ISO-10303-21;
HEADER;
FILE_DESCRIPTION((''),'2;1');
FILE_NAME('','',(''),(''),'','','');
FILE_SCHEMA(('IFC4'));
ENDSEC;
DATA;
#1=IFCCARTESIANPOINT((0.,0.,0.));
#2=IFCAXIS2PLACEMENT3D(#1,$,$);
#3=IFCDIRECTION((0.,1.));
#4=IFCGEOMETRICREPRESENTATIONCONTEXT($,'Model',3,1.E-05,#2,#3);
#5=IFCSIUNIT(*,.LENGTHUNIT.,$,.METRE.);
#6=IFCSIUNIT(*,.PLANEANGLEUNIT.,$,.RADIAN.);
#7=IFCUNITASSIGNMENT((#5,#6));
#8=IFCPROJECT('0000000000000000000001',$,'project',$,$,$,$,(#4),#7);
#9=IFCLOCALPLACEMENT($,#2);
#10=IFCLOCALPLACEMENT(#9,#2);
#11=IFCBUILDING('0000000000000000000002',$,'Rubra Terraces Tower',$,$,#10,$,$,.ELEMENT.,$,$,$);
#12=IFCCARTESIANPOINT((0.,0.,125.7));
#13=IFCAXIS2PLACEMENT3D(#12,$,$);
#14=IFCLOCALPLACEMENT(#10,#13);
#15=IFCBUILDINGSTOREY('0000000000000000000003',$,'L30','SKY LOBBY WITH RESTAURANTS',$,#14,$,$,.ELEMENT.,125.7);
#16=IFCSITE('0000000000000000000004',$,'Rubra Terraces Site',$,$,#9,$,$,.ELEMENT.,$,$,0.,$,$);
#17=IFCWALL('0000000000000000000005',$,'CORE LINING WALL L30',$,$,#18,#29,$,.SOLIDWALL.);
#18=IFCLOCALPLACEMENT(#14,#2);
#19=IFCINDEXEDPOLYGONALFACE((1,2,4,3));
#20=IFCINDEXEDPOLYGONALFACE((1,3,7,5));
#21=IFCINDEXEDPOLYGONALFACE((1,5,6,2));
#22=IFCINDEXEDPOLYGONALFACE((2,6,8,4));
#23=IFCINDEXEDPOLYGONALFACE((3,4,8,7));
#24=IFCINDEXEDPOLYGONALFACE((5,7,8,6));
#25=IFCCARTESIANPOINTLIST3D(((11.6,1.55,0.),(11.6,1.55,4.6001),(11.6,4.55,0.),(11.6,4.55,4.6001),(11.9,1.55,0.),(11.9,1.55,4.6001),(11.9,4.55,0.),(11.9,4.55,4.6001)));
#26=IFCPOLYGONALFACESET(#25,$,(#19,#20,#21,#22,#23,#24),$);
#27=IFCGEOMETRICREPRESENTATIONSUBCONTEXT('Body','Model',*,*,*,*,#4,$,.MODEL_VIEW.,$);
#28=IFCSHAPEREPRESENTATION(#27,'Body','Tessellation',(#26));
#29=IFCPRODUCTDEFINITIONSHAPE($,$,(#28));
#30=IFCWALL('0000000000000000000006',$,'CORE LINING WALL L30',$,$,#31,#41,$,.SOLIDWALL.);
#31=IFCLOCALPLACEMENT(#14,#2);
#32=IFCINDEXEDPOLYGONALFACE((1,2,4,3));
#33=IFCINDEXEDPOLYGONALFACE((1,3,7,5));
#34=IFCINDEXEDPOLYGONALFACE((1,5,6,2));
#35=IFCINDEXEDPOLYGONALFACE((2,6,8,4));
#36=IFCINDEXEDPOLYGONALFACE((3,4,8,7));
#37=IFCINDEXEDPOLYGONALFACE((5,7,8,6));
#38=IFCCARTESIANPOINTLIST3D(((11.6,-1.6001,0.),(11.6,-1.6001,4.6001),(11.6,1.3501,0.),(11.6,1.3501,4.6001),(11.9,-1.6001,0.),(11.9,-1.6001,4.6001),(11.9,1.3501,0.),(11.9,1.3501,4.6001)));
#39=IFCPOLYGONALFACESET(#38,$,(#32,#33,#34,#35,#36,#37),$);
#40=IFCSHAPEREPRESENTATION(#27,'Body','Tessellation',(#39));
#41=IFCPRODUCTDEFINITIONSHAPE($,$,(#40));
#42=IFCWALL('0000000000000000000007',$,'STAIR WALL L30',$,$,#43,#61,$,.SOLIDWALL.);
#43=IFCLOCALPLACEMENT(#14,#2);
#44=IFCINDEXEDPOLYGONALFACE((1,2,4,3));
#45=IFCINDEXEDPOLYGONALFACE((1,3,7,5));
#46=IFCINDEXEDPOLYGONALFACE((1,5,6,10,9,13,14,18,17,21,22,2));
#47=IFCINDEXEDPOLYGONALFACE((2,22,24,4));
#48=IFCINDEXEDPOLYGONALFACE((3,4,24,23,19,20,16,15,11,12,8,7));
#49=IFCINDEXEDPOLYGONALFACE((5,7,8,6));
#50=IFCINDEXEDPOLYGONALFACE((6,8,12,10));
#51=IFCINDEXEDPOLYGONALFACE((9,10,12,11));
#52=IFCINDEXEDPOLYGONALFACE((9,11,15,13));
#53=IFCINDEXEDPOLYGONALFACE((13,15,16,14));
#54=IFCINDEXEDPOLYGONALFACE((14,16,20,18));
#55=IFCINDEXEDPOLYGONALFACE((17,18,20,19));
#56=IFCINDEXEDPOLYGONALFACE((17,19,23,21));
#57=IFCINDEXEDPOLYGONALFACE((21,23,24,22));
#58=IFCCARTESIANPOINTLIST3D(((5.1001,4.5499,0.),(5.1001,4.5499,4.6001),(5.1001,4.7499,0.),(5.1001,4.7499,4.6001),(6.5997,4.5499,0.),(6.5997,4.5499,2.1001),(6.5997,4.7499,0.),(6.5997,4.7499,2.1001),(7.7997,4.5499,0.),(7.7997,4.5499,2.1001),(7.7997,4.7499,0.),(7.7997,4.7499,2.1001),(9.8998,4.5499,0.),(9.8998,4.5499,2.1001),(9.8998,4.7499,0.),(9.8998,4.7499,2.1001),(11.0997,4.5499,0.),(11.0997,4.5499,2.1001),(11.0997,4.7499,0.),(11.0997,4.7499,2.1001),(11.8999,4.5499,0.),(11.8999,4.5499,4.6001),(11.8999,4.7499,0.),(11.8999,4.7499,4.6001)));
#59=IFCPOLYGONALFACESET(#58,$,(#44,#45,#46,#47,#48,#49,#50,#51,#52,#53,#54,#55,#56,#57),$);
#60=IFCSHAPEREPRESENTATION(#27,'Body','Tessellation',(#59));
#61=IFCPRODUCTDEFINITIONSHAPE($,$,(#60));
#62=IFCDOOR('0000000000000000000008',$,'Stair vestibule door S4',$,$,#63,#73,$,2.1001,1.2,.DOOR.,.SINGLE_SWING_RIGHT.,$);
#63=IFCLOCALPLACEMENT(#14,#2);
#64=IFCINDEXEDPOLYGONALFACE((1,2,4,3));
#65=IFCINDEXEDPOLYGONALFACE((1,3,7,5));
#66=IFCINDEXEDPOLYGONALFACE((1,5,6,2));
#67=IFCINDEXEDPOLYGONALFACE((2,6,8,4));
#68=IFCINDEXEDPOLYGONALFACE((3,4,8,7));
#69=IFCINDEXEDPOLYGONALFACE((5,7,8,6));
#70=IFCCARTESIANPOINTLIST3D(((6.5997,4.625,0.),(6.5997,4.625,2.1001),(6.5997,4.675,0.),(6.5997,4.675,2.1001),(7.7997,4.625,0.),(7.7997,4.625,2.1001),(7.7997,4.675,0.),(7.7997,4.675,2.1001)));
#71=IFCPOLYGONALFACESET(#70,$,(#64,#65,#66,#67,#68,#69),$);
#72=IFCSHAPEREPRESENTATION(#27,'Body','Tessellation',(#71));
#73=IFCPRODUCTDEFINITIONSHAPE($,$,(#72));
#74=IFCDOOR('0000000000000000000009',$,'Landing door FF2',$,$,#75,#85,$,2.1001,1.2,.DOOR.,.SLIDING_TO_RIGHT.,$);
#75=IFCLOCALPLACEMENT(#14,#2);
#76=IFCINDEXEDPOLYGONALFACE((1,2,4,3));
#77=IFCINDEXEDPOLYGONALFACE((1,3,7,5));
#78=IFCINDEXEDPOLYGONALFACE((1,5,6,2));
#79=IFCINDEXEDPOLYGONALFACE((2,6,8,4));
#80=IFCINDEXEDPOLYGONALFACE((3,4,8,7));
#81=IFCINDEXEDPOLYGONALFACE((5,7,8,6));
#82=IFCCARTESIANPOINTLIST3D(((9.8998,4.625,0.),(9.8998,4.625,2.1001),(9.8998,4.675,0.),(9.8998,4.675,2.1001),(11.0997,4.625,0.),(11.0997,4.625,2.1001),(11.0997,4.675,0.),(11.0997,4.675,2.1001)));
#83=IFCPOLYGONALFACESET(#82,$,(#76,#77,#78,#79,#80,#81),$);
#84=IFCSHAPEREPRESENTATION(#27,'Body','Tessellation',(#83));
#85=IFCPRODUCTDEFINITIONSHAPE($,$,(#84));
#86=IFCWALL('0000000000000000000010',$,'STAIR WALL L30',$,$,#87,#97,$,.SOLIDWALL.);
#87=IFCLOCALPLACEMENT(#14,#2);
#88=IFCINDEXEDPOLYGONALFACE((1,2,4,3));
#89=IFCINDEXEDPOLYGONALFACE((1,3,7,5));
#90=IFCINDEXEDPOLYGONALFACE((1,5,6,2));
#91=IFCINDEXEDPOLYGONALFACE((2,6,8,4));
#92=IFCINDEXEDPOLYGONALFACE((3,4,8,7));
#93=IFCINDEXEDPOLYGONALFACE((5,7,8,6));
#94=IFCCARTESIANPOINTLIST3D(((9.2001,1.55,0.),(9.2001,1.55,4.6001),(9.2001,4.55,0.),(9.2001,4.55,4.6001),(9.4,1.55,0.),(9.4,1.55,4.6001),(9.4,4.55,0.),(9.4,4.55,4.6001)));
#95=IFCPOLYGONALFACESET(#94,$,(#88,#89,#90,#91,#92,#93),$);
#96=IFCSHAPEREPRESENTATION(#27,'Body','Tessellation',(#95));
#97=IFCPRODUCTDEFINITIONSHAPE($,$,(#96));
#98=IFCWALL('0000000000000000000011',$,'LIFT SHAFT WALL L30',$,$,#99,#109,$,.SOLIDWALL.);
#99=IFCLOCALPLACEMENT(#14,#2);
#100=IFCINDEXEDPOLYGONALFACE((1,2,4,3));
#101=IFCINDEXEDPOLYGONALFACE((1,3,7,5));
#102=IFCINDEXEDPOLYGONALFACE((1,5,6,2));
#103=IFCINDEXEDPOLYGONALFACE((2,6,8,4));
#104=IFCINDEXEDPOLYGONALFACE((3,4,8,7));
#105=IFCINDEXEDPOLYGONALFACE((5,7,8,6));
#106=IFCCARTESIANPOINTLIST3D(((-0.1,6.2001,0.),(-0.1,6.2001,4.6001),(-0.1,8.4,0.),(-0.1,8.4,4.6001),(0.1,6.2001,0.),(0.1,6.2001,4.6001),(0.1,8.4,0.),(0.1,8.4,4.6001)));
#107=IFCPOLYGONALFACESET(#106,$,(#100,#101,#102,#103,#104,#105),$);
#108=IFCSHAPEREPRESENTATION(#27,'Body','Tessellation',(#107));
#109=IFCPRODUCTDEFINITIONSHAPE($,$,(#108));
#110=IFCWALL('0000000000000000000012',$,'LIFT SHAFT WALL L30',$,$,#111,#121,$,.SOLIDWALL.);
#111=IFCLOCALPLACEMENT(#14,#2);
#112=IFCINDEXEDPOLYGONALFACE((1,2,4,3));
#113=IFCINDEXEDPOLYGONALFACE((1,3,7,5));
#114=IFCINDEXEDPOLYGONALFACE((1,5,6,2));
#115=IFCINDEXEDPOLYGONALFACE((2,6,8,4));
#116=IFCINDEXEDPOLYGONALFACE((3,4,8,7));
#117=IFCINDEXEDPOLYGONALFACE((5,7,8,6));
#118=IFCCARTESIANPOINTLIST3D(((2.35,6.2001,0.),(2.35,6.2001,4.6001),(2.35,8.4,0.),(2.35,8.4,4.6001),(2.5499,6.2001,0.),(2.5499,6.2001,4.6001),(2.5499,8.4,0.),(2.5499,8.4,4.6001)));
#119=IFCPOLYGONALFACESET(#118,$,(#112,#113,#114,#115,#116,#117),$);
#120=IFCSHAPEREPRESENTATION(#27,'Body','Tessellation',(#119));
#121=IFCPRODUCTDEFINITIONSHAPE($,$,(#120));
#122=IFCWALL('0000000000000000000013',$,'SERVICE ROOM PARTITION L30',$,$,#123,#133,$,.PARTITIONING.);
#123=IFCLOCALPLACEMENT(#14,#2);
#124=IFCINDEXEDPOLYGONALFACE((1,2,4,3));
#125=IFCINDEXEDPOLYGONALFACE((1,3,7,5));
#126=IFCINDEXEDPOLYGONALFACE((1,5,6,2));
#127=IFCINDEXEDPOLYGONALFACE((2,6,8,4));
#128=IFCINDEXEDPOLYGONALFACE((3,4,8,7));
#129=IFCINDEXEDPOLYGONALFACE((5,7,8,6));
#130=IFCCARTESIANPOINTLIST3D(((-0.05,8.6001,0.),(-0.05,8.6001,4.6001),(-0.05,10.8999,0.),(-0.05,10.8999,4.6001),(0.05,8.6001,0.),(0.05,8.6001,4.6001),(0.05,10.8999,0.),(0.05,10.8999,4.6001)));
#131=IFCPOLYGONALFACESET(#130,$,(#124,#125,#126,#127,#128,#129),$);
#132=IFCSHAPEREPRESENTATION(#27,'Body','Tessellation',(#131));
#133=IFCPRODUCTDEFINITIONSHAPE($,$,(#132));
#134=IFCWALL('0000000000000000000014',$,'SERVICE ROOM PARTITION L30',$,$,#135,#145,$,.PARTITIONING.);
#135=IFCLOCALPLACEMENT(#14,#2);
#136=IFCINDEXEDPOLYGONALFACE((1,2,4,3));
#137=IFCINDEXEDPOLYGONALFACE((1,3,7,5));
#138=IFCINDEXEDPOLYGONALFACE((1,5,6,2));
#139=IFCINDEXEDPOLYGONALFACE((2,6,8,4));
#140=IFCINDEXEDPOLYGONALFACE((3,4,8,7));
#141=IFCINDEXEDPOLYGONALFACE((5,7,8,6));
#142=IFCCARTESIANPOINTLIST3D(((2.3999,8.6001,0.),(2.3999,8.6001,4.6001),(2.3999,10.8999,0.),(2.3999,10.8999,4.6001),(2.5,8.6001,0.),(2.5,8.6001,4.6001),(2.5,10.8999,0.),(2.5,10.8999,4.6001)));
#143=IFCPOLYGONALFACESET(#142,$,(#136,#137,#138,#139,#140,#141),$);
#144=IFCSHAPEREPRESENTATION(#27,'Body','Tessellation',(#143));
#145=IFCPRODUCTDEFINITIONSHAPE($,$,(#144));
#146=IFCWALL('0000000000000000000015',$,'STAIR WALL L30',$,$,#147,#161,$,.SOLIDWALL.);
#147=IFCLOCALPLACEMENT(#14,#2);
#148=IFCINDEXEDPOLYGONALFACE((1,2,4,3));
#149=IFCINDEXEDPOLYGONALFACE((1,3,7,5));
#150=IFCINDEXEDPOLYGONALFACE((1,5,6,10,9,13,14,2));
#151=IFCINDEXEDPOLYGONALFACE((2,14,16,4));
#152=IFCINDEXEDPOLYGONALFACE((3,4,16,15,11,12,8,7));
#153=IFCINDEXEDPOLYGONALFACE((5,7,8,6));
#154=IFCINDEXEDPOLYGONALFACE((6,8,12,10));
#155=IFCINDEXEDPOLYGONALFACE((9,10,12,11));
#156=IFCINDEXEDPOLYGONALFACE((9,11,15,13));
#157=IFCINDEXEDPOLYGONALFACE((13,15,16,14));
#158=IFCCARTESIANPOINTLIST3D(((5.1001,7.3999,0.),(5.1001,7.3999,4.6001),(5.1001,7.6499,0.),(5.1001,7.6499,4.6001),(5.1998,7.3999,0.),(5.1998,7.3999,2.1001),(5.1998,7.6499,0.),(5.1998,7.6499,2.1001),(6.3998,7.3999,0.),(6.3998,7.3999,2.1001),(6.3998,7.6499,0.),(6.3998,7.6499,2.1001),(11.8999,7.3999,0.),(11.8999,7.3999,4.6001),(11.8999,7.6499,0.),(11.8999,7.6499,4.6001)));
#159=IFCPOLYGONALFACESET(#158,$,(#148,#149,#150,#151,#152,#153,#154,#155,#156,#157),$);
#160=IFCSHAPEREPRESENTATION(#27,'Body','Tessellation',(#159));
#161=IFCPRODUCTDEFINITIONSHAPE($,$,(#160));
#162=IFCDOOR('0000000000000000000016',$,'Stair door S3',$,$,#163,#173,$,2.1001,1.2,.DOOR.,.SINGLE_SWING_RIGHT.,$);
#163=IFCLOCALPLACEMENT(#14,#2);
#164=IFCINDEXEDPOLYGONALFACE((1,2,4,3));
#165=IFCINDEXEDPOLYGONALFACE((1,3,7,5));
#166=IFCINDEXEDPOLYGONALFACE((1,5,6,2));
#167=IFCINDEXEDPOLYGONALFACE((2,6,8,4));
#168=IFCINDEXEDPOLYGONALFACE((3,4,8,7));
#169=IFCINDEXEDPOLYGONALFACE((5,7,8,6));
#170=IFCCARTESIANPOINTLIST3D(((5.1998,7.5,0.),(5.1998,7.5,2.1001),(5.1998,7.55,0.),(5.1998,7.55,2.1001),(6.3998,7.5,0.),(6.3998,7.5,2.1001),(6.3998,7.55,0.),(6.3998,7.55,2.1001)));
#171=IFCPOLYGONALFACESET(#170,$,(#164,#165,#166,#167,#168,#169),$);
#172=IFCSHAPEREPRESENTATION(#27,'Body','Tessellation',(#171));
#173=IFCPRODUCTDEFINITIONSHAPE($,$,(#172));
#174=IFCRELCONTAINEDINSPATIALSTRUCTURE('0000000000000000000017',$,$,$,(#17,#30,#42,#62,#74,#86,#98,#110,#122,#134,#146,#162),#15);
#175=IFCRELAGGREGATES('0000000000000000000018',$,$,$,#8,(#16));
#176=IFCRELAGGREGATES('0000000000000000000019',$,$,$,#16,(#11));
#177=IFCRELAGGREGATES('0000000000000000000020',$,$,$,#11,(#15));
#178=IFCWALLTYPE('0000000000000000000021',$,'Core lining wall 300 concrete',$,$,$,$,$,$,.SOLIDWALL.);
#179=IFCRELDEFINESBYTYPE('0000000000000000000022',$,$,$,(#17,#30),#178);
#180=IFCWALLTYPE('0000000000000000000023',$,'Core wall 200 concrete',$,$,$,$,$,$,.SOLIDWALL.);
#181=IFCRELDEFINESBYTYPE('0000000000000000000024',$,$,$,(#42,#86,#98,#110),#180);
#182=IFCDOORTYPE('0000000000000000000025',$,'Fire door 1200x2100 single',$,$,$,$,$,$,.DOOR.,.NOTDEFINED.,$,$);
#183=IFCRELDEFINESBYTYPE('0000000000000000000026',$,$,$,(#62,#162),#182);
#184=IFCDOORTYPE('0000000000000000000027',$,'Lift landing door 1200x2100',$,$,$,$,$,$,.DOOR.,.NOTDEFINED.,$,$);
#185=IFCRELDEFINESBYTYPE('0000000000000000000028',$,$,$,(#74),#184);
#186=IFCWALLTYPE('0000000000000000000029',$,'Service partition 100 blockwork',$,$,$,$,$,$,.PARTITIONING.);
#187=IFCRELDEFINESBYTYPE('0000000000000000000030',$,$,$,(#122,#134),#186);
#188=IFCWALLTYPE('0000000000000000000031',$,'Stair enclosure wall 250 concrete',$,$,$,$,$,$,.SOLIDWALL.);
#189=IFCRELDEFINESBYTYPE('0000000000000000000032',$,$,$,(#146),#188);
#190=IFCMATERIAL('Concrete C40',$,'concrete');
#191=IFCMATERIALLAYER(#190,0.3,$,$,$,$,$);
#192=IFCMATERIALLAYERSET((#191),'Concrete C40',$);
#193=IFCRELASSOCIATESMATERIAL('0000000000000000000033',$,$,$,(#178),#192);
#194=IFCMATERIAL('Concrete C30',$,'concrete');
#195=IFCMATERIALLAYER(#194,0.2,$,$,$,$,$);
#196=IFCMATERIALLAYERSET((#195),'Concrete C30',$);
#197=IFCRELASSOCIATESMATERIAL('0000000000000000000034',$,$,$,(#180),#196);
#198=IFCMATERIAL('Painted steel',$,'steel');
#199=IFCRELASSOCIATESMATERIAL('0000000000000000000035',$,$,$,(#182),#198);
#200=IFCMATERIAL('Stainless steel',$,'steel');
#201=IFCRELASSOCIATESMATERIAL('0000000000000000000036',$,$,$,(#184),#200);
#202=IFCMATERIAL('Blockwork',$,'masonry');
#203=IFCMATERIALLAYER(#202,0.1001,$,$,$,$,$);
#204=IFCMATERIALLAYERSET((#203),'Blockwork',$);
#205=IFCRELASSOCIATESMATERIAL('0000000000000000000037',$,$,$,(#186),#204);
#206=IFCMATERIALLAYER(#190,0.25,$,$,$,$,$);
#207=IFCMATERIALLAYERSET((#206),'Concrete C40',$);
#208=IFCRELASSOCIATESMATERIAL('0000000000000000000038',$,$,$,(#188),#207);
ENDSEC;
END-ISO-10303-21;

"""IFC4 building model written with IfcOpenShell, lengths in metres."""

from ifc_helpers import new_model, si_unit, direction, frame, frame_2d, origin, place, context, subcontext, project, spatial, rectangle, extrude, material, layer, layer_set, type_object, element, fill, save


model = new_model("IFC4")

# Units and contexts
model_context = context("Model", 3, precision=1e-05, world=origin(), true_north=direction((0.0, 1.0)))
body_context = subcontext(model_context, "Body", "Model", "MODEL_VIEW")
ifc_project = project(units=[si_unit("LENGTHUNIT", "METRE"), si_unit("PLANEANGLEUNIT", "RADIAN")], contexts=[model_context])

# Site, building, storey
site_placement = place(None, origin())
site = spatial("IfcSite", under=ifc_project, at=site_placement, Name="Rubra Terraces Site", CompositionType="ELEMENT", RefElevation=0.0)
building_placement = place(site_placement, origin())
building = spatial("IfcBuilding", under=site, at=building_placement, Name="Rubra Terraces Tower", CompositionType="ELEMENT")
storey_placement = place(building_placement, frame((0.0, 0.0, 125.7)))
storey = spatial("IfcBuildingStorey", under=building, at=storey_placement, Name="L30", Description="SKY LOBBY WITH RESTAURANTS", CompositionType="ELEMENT", Elevation=125.7)

# Walls
ifc_material_1 = material(Name="Concrete C40", Category="concrete")
ifc_layer_1 = layer(ifc_material_1, 0.3)
ifc_layer_set_1 = layer_set([ifc_layer_1], Name="Concrete C40")
wall_type_1 = type_object("IfcWallType", Name="Core lining wall 300 concrete", PredefinedType="SOLIDWALL", material=ifc_layer_set_1)
wall_1_placement = place(storey_placement, frame((11.75, 4.55, 0.0), z_axis=(0.0, 0.0, 1.0), x_axis=(0.0, -1.0, 0.0)))
element("IfcWall", 1, at=wall_1_placement, inside=storey, type_object=wall_type_1, Name="CORE LINING WALL L30", PredefinedType="SOLIDWALL", context=body_context, shape_type="SweptSolid", body=[
    extrude(rectangle(XDim=3.0, YDim=0.3, at=frame_2d((1.5, 0.0))), origin(), (0.0, 0.0, 1.0), 4.6001),
])
wall_2_placement = place(storey_placement, frame((11.75, 1.3501, 0.0), z_axis=(0.0, 0.0, 1.0), x_axis=(0.0, -1.0, 0.0)))
element("IfcWall", 2, at=wall_2_placement, inside=storey, type_object=wall_type_1, Name="CORE LINING WALL L30", PredefinedType="SOLIDWALL", context=body_context, shape_type="SweptSolid", body=[
    extrude(rectangle(XDim=2.9502, YDim=0.3, at=frame_2d((1.4751, 0.0))), origin(), (0.0, 0.0, 1.0), 4.6001),
])

# Wall, openings, doors
ifc_material_2 = material(Name="Concrete C30", Category="concrete")
ifc_layer_2 = layer(ifc_material_2, 0.2)
ifc_layer_set_2 = layer_set([ifc_layer_2], Name="Concrete C30")
wall_type_2 = type_object("IfcWallType", Name="Core wall 200 concrete", PredefinedType="SOLIDWALL", material=ifc_layer_set_2)
wall_3_placement = place(storey_placement, frame((11.8999, 4.6499, 0.0), z_axis=(0.0, 0.0, 1.0), x_axis=(-1.0, 0.0, 0.0)))
wall_3 = element("IfcWall", 3, at=wall_3_placement, inside=storey, type_object=wall_type_2, Name="STAIR WALL L30", PredefinedType="SOLIDWALL", context=body_context, shape_type="SweptSolid", body=[
    extrude(rectangle(XDim=6.7998, YDim=0.2, at=frame_2d((3.3999, 0.0))), origin(), (0.0, 0.0, 1.0), 4.6001),
])
opening_1_placement = place(wall_3_placement, frame((4.1001, 0.0, 0.0)))
opening_1 = element("IfcOpeningElement", 4, at=opening_1_placement, cuts=wall_3, PredefinedType="OPENING", context=body_context, shape_type="SweptSolid", body=[
    extrude(rectangle(XDim=1.2, YDim=2.1001, at=frame_2d((0.6001, 1.05))), frame((0.0, 0.1099, 0.0), z_axis=(0.0, -1.0, 0.0), x_axis=(1.0, 0.0, 0.0)), (0.0, 0.0, 1.0), 0.22),
])
opening_2_placement = place(wall_3_placement, frame((0.8, 0.0, 0.0)))
opening_2 = element("IfcOpeningElement", 5, at=opening_2_placement, cuts=wall_3, PredefinedType="OPENING", context=body_context, shape_type="SweptSolid", body=[
    extrude(rectangle(XDim=1.2, YDim=2.1001, at=frame_2d((0.6001, 1.05))), frame((0.0, 0.1099, 0.0), z_axis=(0.0, -1.0, 0.0), x_axis=(1.0, 0.0, 0.0)), (0.0, 0.0, 1.0), 0.22),
])
ifc_material_3 = material(Name="Painted steel", Category="steel")
door_type_1 = type_object("IfcDoorType", Name="Fire door 1200x2100 single", OperationType="NOTDEFINED", PredefinedType="DOOR", material=ifc_material_3)
door_1_placement = place(opening_1_placement, origin())
door_1 = element("IfcDoor", 6, at=door_1_placement, inside=storey, type_object=door_type_1, Name="Stair vestibule door S4", OperationType="SINGLE_SWING_RIGHT", OverallHeight=2.1001, OverallWidth=1.2, PredefinedType="DOOR", context=body_context, shape_type="SweptSolid", body=[
    extrude(rectangle(XDim=1.2, YDim=2.1001, at=frame_2d((0.6001, 1.05))), frame((0.0, 0.0249, 0.0), z_axis=(0.0, -1.0, 0.0), x_axis=(1.0, 0.0, 0.0)), (0.0, 0.0, 1.0), 0.05),
])
fill(opening_1, door_1)
ifc_material_4 = material(Name="Stainless steel", Category="steel")
door_type_2 = type_object("IfcDoorType", Name="Lift landing door 1200x2100", OperationType="NOTDEFINED", PredefinedType="DOOR", material=ifc_material_4)
door_2_placement = place(opening_2_placement, origin())
door_2 = element("IfcDoor", 7, at=door_2_placement, inside=storey, type_object=door_type_2, Name="Landing door FF2", OperationType="SLIDING_TO_RIGHT", OverallHeight=2.1001, OverallWidth=1.2, PredefinedType="DOOR", context=body_context, shape_type="SweptSolid", body=[
    extrude(rectangle(XDim=1.2, YDim=2.1001, at=frame_2d((0.6001, 1.05))), frame((0.0, 0.0249, 0.0), z_axis=(0.0, -1.0, 0.0), x_axis=(1.0, 0.0, 0.0)), (0.0, 0.0, 1.0), 0.05),
])
fill(opening_2, door_2)

# Walls
wall_4_placement = place(storey_placement, frame((9.3, 4.55, 0.0), z_axis=(0.0, 0.0, 1.0), x_axis=(0.0, -1.0, 0.0)))
element("IfcWall", 8, at=wall_4_placement, inside=storey, type_object=wall_type_2, Name="STAIR WALL L30", PredefinedType="SOLIDWALL", context=body_context, shape_type="SweptSolid", body=[
    extrude(rectangle(XDim=3.0, YDim=0.2, at=frame_2d((1.5, 0.0))), origin(), (0.0, 0.0, 1.0), 4.6001),
])
for number, where, z_axis, x_axis, name in (
    (9, (0.0, 6.2, 0.0), (0.0, 0.0, 1.0), (0.0, 1.0, 0.0), "LIFT SHAFT WALL L30"),
    (10, (2.45, 6.2, 0.0), (0.0, 0.0, 1.0), (0.0, 1.0, 0.0), "LIFT SHAFT WALL L30"),
):
    element("IfcWall", number, at=place(storey_placement, frame(where, z_axis=z_axis, x_axis=x_axis)), inside=storey, type_object=wall_type_2, Name=name, PredefinedType="SOLIDWALL", context=body_context, shape_type="SweptSolid", body=[
        extrude(rectangle(XDim=2.2, YDim=0.2, at=frame_2d((1.1001, 0.0))), origin(), (0.0, 0.0, 1.0), 4.6001),
    ])
ifc_material_5 = material(Name="Blockwork", Category="masonry")
ifc_layer_3 = layer(ifc_material_5, 0.1001)
ifc_layer_set_3 = layer_set([ifc_layer_3], Name="Blockwork")
wall_type_3 = type_object("IfcWallType", Name="Service partition 100 blockwork", PredefinedType="PARTITIONING", material=ifc_layer_set_3)
for number, where, z_axis, x_axis, name in (
    (11, (0.0, 8.6001, 0.0), (0.0, 0.0, 1.0), (0.0, 1.0, 0.0), "SERVICE ROOM PARTITION L30"),
    (12, (2.45, 8.6001, 0.0), (0.0, 0.0, 1.0), (0.0, 1.0, 0.0), "SERVICE ROOM PARTITION L30"),
):
    element("IfcWall", number, at=place(storey_placement, frame(where, z_axis=z_axis, x_axis=x_axis)), inside=storey, type_object=wall_type_3, Name=name, PredefinedType="PARTITIONING", context=body_context, shape_type="SweptSolid", body=[
        extrude(rectangle(XDim=2.2998, YDim=0.1001, at=frame_2d((1.1499, 0.0))), origin(), (0.0, 0.0, 1.0), 4.6001),
    ])

# Wall, opening, door
ifc_layer_4 = layer(ifc_material_1, 0.25)
ifc_layer_set_4 = layer_set([ifc_layer_4], Name="Concrete C40")
wall_type_4 = type_object("IfcWallType", Name="Stair enclosure wall 250 concrete", PredefinedType="SOLIDWALL", material=ifc_layer_set_4)
wall_5_placement = place(storey_placement, frame((11.8999, 7.5249, 0.0), z_axis=(0.0, 0.0, 1.0), x_axis=(-1.0, 0.0, 0.0)))
wall_5 = element("IfcWall", 13, at=wall_5_placement, inside=storey, type_object=wall_type_4, Name="STAIR WALL L30", PredefinedType="SOLIDWALL", context=body_context, shape_type="SweptSolid", body=[
    extrude(rectangle(XDim=6.7998, YDim=0.25, at=frame_2d((3.3999, 0.0))), origin(), (0.0, 0.0, 1.0), 4.6001),
])
opening_3_placement = place(wall_5_placement, frame((5.5, 0.0, 0.0)))
opening_3 = element("IfcOpeningElement", 14, at=opening_3_placement, cuts=wall_5, PredefinedType="OPENING", context=body_context, shape_type="SweptSolid", body=[
    extrude(rectangle(XDim=1.2, YDim=2.1001, at=frame_2d((0.6001, 1.05))), frame((0.0, 0.135, 0.0), z_axis=(0.0, -1.0, 0.0), x_axis=(1.0, 0.0, 0.0)), (0.0, 0.0, 1.0), 0.27),
])
door_3_placement = place(opening_3_placement, origin())
door_3 = element("IfcDoor", 15, at=door_3_placement, inside=storey, type_object=door_type_1, Name="Stair door S3", OperationType="SINGLE_SWING_RIGHT", OverallHeight=2.1001, OverallWidth=1.2, PredefinedType="DOOR", context=body_context, shape_type="SweptSolid", body=[
    extrude(rectangle(XDim=1.2, YDim=2.1001, at=frame_2d((0.6001, 1.05))), frame((0.0, 0.0249, 0.0), z_axis=(0.0, -1.0, 0.0), x_axis=(1.0, 0.0, 0.0)), (0.0, 0.0, 1.0), 0.05),
])
fill(opening_3, door_3)

save(model, "model.ifc")
